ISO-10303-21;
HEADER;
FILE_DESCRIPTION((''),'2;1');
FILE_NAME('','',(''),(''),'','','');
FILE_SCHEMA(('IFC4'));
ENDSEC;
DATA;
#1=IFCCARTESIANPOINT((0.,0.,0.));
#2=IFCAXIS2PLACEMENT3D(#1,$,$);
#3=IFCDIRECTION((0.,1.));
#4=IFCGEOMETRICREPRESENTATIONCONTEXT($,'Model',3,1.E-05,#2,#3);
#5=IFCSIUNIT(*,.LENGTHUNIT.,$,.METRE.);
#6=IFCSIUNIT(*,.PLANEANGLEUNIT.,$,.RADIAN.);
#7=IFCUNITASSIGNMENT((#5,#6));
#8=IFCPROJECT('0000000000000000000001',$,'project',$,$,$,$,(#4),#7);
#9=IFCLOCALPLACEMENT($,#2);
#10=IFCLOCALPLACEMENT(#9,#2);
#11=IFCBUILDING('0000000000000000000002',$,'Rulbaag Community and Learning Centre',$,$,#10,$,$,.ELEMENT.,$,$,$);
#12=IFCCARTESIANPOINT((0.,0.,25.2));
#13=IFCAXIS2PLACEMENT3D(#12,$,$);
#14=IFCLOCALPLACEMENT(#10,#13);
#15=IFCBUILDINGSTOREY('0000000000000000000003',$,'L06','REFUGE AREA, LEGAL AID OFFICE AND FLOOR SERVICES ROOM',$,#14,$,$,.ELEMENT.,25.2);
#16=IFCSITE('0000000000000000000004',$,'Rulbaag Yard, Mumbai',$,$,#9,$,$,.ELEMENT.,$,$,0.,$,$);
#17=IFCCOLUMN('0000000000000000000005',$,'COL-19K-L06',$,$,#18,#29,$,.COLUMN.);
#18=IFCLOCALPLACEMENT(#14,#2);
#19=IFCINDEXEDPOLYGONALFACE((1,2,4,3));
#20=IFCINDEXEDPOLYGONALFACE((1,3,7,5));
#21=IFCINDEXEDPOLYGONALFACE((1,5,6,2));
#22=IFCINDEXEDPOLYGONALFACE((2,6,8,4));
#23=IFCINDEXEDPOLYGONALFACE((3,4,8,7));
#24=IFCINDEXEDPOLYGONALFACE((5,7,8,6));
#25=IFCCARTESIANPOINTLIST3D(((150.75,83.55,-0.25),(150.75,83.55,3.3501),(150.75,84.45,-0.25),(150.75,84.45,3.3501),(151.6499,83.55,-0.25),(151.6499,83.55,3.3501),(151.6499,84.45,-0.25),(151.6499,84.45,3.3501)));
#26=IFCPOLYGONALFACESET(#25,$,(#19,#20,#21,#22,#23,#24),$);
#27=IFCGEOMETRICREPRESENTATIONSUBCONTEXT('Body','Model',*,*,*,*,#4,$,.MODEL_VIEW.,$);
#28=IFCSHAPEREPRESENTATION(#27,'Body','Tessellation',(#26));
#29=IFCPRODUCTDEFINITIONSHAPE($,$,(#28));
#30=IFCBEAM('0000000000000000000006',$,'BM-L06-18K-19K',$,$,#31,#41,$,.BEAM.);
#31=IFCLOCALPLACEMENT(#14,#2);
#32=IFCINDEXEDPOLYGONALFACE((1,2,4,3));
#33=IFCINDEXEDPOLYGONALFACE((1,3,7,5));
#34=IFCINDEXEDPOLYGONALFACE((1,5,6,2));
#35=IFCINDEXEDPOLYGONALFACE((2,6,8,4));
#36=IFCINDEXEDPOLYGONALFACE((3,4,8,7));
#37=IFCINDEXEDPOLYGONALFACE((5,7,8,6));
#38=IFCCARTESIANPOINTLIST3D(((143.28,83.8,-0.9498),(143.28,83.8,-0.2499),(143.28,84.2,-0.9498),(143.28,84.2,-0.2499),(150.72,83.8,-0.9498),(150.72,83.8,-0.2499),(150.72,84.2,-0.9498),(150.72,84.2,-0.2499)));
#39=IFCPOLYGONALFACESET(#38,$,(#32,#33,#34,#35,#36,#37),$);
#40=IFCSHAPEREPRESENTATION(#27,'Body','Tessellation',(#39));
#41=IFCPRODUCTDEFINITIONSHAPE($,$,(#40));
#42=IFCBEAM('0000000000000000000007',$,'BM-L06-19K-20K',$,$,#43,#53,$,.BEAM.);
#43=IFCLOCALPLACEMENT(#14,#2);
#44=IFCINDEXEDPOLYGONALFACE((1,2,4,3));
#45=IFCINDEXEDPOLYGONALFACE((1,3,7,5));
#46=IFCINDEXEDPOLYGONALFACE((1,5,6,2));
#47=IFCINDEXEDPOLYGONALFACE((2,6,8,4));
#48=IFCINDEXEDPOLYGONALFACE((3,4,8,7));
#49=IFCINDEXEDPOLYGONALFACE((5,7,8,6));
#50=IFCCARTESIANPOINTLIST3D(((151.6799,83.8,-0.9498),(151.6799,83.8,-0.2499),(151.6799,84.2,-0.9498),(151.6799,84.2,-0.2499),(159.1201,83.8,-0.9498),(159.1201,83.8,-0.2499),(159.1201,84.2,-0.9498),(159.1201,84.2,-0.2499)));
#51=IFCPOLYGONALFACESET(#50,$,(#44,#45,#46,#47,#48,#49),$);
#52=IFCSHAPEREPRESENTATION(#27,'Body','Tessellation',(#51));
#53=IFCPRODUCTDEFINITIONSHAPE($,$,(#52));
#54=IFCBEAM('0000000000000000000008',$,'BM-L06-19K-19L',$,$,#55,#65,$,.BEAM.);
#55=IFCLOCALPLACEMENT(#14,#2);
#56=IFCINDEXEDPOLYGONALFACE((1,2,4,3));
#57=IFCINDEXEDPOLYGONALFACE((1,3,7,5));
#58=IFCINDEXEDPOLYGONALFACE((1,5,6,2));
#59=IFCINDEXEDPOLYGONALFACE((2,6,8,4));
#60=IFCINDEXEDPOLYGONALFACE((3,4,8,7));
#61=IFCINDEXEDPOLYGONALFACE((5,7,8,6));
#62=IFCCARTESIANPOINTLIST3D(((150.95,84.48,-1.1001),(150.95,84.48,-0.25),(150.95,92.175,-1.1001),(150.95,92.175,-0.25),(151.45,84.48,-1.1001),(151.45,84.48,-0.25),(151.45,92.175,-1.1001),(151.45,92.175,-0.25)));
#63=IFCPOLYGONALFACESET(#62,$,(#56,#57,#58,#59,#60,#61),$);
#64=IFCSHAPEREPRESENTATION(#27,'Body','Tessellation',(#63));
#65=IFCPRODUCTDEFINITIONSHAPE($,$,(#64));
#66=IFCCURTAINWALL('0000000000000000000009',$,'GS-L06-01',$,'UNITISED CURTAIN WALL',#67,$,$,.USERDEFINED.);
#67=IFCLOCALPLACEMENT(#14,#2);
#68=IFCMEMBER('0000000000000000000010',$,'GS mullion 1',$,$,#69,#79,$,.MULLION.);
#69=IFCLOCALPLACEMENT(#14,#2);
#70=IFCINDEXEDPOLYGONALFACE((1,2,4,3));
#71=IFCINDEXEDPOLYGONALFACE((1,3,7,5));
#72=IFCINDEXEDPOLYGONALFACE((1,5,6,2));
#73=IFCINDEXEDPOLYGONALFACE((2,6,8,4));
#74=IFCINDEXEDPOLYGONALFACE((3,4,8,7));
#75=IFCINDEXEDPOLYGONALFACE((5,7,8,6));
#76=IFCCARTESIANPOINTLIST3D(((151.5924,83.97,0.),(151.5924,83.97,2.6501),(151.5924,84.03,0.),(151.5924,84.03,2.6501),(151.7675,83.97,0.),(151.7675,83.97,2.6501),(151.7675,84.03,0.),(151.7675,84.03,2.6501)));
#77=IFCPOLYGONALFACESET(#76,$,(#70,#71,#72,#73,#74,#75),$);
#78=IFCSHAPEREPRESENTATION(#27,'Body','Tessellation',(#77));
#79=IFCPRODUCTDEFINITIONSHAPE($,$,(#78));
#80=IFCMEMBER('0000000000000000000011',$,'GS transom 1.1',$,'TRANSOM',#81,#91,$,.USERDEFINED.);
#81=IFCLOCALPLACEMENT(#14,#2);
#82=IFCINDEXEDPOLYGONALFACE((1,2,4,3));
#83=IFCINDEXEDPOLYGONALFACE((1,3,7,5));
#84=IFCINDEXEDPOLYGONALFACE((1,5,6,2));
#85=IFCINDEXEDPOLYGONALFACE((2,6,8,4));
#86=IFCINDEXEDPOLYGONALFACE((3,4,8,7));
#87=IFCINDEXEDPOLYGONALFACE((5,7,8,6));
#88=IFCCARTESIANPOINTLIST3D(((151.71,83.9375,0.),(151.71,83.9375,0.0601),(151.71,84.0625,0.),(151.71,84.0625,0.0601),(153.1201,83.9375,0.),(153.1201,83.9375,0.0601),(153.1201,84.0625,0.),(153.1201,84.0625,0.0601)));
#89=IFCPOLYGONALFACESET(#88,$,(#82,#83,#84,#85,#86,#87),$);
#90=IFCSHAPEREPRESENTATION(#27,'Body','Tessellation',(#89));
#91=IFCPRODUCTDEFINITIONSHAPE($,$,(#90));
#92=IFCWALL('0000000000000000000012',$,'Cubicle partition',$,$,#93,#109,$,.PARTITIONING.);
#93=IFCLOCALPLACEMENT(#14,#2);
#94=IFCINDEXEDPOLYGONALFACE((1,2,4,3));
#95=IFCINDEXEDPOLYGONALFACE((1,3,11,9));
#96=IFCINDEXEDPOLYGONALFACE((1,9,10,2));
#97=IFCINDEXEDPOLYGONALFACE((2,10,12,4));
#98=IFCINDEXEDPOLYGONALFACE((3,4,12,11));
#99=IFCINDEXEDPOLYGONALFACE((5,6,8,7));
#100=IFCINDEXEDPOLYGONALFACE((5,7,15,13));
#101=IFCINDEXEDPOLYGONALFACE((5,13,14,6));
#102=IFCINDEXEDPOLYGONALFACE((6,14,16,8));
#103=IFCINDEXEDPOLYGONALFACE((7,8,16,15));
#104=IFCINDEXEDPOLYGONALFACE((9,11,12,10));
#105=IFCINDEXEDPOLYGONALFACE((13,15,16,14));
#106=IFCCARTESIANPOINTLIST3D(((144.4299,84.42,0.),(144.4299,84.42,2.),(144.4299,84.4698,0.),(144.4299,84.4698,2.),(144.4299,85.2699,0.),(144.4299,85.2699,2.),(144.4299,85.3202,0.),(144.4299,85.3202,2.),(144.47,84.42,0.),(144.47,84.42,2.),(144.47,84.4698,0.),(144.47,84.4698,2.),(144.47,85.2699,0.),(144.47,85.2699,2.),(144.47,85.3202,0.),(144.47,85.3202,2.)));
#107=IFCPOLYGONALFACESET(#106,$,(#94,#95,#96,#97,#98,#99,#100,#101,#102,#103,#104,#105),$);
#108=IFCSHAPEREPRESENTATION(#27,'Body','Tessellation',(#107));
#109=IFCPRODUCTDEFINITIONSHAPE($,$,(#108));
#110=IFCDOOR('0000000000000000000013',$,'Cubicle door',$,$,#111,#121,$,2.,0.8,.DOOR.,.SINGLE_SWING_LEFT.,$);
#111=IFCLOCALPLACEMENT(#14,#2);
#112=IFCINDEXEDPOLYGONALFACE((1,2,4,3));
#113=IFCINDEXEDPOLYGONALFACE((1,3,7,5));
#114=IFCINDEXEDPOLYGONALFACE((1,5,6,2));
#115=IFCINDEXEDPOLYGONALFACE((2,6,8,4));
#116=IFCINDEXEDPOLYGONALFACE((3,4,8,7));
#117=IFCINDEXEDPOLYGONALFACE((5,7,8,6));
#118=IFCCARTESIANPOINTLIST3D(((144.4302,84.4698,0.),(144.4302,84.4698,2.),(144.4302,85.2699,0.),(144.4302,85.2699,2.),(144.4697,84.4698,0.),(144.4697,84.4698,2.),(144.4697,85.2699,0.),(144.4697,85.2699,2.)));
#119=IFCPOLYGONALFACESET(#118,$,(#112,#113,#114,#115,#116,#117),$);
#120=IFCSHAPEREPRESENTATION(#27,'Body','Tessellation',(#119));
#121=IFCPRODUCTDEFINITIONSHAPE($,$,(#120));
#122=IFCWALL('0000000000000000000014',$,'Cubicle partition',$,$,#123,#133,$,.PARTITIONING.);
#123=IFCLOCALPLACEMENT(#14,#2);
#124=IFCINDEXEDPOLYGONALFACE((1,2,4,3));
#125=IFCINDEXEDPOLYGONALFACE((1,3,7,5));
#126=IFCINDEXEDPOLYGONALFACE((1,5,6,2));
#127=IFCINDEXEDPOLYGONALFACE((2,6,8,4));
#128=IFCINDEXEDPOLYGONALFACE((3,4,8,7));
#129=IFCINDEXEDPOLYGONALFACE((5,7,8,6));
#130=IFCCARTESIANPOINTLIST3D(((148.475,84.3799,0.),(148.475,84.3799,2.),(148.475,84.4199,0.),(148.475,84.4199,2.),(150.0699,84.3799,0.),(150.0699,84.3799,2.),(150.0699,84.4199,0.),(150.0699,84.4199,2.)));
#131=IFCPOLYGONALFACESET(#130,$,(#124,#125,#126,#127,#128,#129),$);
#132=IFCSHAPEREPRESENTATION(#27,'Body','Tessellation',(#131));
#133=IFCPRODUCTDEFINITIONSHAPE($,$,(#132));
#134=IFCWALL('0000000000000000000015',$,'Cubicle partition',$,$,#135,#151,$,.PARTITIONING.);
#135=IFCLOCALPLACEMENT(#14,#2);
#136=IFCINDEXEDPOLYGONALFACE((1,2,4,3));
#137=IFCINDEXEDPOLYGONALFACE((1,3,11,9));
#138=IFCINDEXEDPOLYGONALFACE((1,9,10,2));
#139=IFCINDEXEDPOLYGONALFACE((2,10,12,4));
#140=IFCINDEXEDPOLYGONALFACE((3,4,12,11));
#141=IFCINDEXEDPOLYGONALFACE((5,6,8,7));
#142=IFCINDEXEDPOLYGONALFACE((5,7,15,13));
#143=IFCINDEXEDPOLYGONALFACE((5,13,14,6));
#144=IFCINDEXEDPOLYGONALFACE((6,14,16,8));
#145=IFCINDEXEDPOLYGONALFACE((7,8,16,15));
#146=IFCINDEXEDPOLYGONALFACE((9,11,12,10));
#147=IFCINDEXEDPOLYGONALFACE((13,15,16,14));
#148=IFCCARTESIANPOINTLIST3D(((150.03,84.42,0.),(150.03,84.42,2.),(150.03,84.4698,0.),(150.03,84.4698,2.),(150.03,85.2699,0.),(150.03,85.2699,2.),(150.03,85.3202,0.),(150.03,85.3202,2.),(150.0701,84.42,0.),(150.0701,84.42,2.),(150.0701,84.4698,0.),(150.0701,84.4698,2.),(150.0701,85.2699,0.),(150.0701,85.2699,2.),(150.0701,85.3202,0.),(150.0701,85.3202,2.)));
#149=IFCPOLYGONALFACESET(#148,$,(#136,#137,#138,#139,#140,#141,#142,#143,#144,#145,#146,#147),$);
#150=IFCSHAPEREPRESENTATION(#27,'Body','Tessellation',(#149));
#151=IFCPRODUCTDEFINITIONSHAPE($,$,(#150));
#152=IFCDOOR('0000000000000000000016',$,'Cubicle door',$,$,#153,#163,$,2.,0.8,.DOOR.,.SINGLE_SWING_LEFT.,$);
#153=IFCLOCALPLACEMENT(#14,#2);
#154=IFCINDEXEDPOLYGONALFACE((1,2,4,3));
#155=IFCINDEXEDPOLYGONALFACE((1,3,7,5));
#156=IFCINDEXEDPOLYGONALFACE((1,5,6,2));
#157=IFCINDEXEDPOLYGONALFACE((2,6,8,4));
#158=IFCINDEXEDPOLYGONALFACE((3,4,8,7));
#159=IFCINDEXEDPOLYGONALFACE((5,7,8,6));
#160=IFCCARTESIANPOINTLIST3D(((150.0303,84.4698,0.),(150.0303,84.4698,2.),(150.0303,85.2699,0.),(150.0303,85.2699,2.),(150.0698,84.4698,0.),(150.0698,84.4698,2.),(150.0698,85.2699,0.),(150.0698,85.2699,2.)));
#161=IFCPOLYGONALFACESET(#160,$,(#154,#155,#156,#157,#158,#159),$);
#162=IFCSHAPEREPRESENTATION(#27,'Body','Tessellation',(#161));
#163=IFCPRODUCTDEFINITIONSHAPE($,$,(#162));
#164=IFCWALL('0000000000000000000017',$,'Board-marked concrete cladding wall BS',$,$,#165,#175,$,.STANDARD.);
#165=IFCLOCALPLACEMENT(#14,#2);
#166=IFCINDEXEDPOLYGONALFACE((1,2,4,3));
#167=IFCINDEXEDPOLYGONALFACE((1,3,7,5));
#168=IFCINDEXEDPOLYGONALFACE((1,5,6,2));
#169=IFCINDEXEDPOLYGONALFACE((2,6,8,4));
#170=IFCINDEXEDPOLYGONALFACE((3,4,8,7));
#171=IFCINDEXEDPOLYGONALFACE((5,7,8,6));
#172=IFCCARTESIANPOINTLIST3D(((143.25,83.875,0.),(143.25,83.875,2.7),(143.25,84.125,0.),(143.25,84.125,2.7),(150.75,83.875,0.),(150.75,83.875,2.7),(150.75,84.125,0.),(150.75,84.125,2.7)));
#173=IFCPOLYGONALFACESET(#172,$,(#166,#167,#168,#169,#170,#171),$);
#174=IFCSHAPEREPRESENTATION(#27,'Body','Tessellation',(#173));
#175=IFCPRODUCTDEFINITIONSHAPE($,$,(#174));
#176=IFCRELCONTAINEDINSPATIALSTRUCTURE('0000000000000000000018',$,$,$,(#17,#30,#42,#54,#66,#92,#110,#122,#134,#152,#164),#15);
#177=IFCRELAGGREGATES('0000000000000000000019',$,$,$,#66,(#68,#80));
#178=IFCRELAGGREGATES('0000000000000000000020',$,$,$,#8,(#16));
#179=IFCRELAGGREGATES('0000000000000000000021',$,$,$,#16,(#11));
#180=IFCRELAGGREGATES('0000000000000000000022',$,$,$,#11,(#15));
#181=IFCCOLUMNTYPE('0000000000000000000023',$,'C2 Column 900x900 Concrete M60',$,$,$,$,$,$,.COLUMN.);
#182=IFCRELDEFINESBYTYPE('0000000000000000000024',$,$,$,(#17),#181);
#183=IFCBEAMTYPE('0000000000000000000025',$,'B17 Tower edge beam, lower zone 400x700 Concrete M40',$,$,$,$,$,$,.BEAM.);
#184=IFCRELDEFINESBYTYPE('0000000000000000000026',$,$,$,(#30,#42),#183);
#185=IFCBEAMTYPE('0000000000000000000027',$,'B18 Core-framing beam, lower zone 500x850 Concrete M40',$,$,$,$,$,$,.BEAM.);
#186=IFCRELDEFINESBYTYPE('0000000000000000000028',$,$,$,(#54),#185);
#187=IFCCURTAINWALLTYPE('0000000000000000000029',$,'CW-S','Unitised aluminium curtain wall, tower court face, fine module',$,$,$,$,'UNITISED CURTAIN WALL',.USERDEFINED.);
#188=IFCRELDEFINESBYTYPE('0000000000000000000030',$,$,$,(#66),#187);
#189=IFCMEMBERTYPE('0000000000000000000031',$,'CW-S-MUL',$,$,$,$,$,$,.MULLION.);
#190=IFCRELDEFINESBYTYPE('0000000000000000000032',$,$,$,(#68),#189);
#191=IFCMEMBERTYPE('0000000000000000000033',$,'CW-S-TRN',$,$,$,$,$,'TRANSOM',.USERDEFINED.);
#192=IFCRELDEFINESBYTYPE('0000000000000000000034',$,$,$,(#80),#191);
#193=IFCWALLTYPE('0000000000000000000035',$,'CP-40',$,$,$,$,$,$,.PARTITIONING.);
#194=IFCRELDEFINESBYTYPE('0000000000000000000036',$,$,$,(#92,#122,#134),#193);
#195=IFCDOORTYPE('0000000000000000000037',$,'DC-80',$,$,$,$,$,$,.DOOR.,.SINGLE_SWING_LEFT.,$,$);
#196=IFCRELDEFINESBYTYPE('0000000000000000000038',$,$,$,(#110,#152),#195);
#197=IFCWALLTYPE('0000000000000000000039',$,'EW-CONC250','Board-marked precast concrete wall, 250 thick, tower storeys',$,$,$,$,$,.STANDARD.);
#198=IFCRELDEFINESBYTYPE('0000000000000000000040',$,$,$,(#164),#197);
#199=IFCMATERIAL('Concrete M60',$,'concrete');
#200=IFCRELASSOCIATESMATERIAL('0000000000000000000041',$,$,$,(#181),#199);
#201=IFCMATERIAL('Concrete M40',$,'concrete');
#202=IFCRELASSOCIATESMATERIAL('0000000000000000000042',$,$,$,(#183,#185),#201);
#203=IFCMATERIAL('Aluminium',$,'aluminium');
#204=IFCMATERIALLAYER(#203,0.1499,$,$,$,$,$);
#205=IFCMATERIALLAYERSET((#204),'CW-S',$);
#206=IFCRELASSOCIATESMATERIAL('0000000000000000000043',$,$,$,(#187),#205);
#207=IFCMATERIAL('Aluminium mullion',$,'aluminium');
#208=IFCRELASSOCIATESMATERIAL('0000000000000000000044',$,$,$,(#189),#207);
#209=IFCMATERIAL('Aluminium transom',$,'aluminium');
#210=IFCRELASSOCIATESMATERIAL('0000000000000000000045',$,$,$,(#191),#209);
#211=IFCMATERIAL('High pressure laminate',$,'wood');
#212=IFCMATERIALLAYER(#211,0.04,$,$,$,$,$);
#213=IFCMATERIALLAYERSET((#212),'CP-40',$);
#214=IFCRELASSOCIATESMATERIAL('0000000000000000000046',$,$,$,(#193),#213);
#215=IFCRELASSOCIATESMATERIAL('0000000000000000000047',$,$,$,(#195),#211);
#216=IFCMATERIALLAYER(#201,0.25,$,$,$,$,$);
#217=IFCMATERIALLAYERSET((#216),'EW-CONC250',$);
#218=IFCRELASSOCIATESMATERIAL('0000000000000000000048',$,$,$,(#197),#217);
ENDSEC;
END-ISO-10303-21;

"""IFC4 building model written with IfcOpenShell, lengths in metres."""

from ifc_helpers import new_model, si_unit, direction, frame, frame_2d, origin, origin_2d, place, context, subcontext, project, spatial, rectangle, extrude, material, layer, layer_set, material_profile, profile_set, type_object, element, fill, aggregate, save


model = new_model("IFC4")

# Units and contexts
model_context = context("Model", 3, precision=1e-05, world=origin(), true_north=direction((0.0, 1.0)))
body_context = subcontext(model_context, "Body", "Model", "MODEL_VIEW")
ifc_project = project(units=[si_unit("LENGTHUNIT", "METRE"), si_unit("PLANEANGLEUNIT", "RADIAN")], contexts=[model_context])

# Site, building, storey
site_placement = place(None, origin())
site = spatial("IfcSite", under=ifc_project, at=site_placement, Name="Rulbaag Yard, Mumbai", CompositionType="ELEMENT", RefElevation=0.0)
building_placement = place(site_placement, origin())
building = spatial("IfcBuilding", under=site, at=building_placement, Name="Rulbaag Community and Learning Centre", CompositionType="ELEMENT")
storey_placement = place(building_placement, frame((0.0, 0.0, 25.2)))
storey = spatial("IfcBuildingStorey", under=building, at=storey_placement, Name="L06", Description="REFUGE AREA, LEGAL AID OFFICE AND FLOOR SERVICES ROOM", CompositionType="ELEMENT", Elevation=25.2)

# Column
ifc_material_1 = material(Name="Concrete M60", Category="concrete")
ifc_material_profile_1 = material_profile(ifc_material_1, rectangle(XDim=0.8999, YDim=0.8999, at=origin_2d()), Name="RC900x900")
ifc_profile_set_1 = profile_set([ifc_material_profile_1], Name="Concrete M60")
column_type = type_object("IfcColumnType", Name="C2 Column 900x900 Concrete M60", PredefinedType="COLUMN", material=ifc_profile_set_1)
column_placement = place(storey_placement, frame((151.2, 84.0, -0.25), z_axis=(0.0, 0.0, 1.0), x_axis=(1.0, 0.0, 0.0)))
element("IfcColumn", 1, at=column_placement, inside=storey, type_object=column_type, Name="COL-19K-L06", PredefinedType="COLUMN", context=body_context, shape_type="SweptSolid", body=[
    extrude(rectangle(XDim=0.8999, YDim=0.8999, at=origin_2d()), origin(), (0.0, 0.0, 1.0), 3.6001),
])

# Beams
ifc_material_2 = material(Name="Concrete M40", Category="concrete")
ifc_material_profile_2 = material_profile(ifc_material_2, rectangle(XDim=0.3999, YDim=0.7, at=origin_2d()), Name="RB400x700")
ifc_profile_set_2 = profile_set([ifc_material_profile_2], Name="Concrete M40")
beam_type_1 = type_object("IfcBeamType", Name="B17 Tower edge beam, lower zone 400x700 Concrete M40", PredefinedType="BEAM", material=ifc_profile_set_2)
beam_1_placement = place(storey_placement, frame((143.28, 84.0, -0.5999), z_axis=(1.0, 0.0, 0.0), x_axis=(0.0, 1.0, 0.0)))
element("IfcBeam", 2, at=beam_1_placement, inside=storey, type_object=beam_type_1, Name="BM-L06-18K-19K", PredefinedType="BEAM", context=body_context, shape_type="SweptSolid", body=[
    extrude(rectangle(XDim=0.3999, YDim=0.7, at=origin_2d()), origin(), (0.0, 0.0, 1.0), 7.4399),
])
beam_2_placement = place(storey_placement, frame((151.6799, 84.0, -0.5999), z_axis=(1.0, 0.0, 0.0), x_axis=(0.0, 1.0, 0.0)))
element("IfcBeam", 3, at=beam_2_placement, inside=storey, type_object=beam_type_1, Name="BM-L06-19K-20K", PredefinedType="BEAM", context=body_context, shape_type="SweptSolid", body=[
    extrude(rectangle(XDim=0.3999, YDim=0.7, at=origin_2d()), origin(), (0.0, 0.0, 1.0), 7.4402),
])
ifc_material_profile_3 = material_profile(ifc_material_2, rectangle(XDim=0.5, YDim=0.8501, at=origin_2d()), Name="RB500x850")
ifc_profile_set_3 = profile_set([ifc_material_profile_3], Name="Concrete M40")
beam_type_2 = type_object("IfcBeamType", Name="B18 Core-framing beam, lower zone 500x850 Concrete M40", PredefinedType="BEAM", material=ifc_profile_set_3)
beam_3_placement = place(storey_placement, frame((151.2, 84.48, -0.675), z_axis=(0.0, 1.0, 0.0), x_axis=(-1.0, 0.0, 0.0)))
element("IfcBeam", 4, at=beam_3_placement, inside=storey, type_object=beam_type_2, Name="BM-L06-19K-19L", PredefinedType="BEAM", context=body_context, shape_type="SweptSolid", body=[
    extrude(rectangle(XDim=0.5, YDim=0.8501, at=origin_2d()), origin(), (0.0, 0.0, 1.0), 7.6951),
])

# Curtain wall, members
ifc_material_3 = material(Name="Aluminium", Category="aluminium")
ifc_layer_1 = layer(ifc_material_3, 0.1499)
ifc_layer_set_1 = layer_set([ifc_layer_1], Name="CW-S")
curtain_wall_type = type_object("IfcCurtainWallType", Name="CW-S", Description="Unitised aluminium curtain wall, tower court face, fine module", ElementType="UNITISED CURTAIN WALL", PredefinedType="USERDEFINED", material=ifc_layer_set_1)
curtain_wall_placement = place(storey_placement, origin())
curtain_wall = element("IfcCurtainWall", 5, at=curtain_wall_placement, inside=storey, type_object=curtain_wall_type, Name="GS-L06-01", ObjectType="UNITISED CURTAIN WALL", PredefinedType="USERDEFINED")
ifc_material_4 = material(Name="Aluminium mullion", Category="aluminium")
ifc_material_profile_4 = material_profile(ifc_material_4, rectangle(XDim=0.0601, YDim=0.175, at=origin_2d()), Name="AL 60x175")
ifc_profile_set_4 = profile_set([ifc_material_profile_4], Name="Aluminium mullion")
member_type_1 = type_object("IfcMemberType", Name="CW-S-MUL", PredefinedType="MULLION", material=ifc_profile_set_4)
member_1_placement = place(storey_placement, frame((151.6799, 84.0, 0.0), z_axis=(0.0, 0.0, 1.0), x_axis=(0.0, 1.0, 0.0)))
member_1 = element("IfcMember", 6, at=member_1_placement, type_object=member_type_1, Name="GS mullion 1", PredefinedType="MULLION", context=body_context, shape_type="SweptSolid", body=[
    extrude(rectangle(XDim=0.0601, YDim=0.175, at=origin_2d()), origin(), (0.0, 0.0, 1.0), 2.6501),
])
ifc_material_5 = material(Name="Aluminium transom", Category="aluminium")
ifc_material_profile_5 = material_profile(ifc_material_5, rectangle(XDim=0.125, YDim=0.0601, at=origin_2d()), Name="AL 60x125 T")
ifc_profile_set_5 = profile_set([ifc_material_profile_5], Name="Aluminium transom")
member_type_2 = type_object("IfcMemberType", Name="CW-S-TRN", ElementType="TRANSOM", PredefinedType="USERDEFINED", material=ifc_profile_set_5)
member_2_placement = place(storey_placement, frame((151.71, 84.0, 0.03), z_axis=(1.0, 0.0, 0.0), x_axis=(0.0, 1.0, 0.0)))
member_2 = element("IfcMember", 7, at=member_2_placement, type_object=member_type_2, Name="GS transom 1.1", ObjectType="TRANSOM", PredefinedType="USERDEFINED", context=body_context, shape_type="SweptSolid", body=[
    extrude(rectangle(XDim=0.125, YDim=0.0601, at=origin_2d()), origin(), (0.0, 0.0, 1.0), 1.4102),
])
aggregate(curtain_wall, [member_1, member_2])

# Wall, opening, door
ifc_material_6 = material(Name="High pressure laminate", Category="wood")
ifc_layer_2 = layer(ifc_material_6, 0.04)
ifc_layer_set_2 = layer_set([ifc_layer_2], Name="CP-40")
wall_type_1 = type_object("IfcWallType", Name="CP-40", PredefinedType="PARTITIONING", material=ifc_layer_set_2)
wall_1_placement = place(storey_placement, frame((144.45, 84.4199, 0.0), z_axis=(0.0, 0.0, 1.0), x_axis=(0.0, 1.0, 0.0)))
wall_1 = element("IfcWall", 8, at=wall_1_placement, inside=storey, type_object=wall_type_1, Name="Cubicle partition", PredefinedType="PARTITIONING", context=body_context, shape_type="SweptSolid", body=[
    extrude(rectangle(XDim=0.9001, YDim=0.04, at=frame_2d((0.4502, 0.0))), origin(), (0.0, 0.0, 1.0), 2.0),
])
opening_1_placement = place(wall_1_placement, frame((0.05, 0.0, 0.0)))
opening_1 = element("IfcOpeningElement", 9, at=opening_1_placement, cuts=wall_1, PredefinedType="OPENING", context=body_context, shape_type="SweptSolid", body=[
    extrude(rectangle(XDim=0.8, YDim=2.0, at=frame_2d((0.3999, 1.0))), frame((0.0, 0.03, 0.0), z_axis=(0.0, -1.0, 0.0), x_axis=(1.0, 0.0, 0.0)), (0.0, 0.0, 1.0), 0.0601),
])
door_type = type_object("IfcDoorType", Name="DC-80", OperationType="SINGLE_SWING_LEFT", PredefinedType="DOOR", material=ifc_material_6)
door_1_placement = place(opening_1_placement, origin())
door_1 = element("IfcDoor", 10, at=door_1_placement, inside=storey, type_object=door_type, Name="Cubicle door", OperationType="SINGLE_SWING_LEFT", OverallHeight=2.0, OverallWidth=0.8, PredefinedType="DOOR", context=body_context, shape_type="SweptSolid", body=[
    extrude(rectangle(XDim=0.8, YDim=2.0, at=frame_2d((0.3999, 1.0))), frame((0.0, 0.0198, 0.0), z_axis=(0.0, -1.0, 0.0), x_axis=(1.0, 0.0, 0.0)), (0.0, 0.0, 1.0), 0.0396),
])
fill(opening_1, door_1)

# Wall
wall_2_placement = place(storey_placement, frame((148.4751, 84.3999, 0.0), z_axis=(0.0, 0.0, 1.0), x_axis=(1.0, 0.0, 0.0)))
element("IfcWall", 11, at=wall_2_placement, inside=storey, type_object=wall_type_1, Name="Cubicle partition", PredefinedType="PARTITIONING", context=body_context, shape_type="SweptSolid", body=[
    extrude(rectangle(XDim=1.595, YDim=0.04, at=frame_2d((0.7974, 0.0))), origin(), (0.0, 0.0, 1.0), 2.0),
])

# Wall, opening, door
wall_3_placement = place(storey_placement, frame((150.05, 84.4199, 0.0), z_axis=(0.0, 0.0, 1.0), x_axis=(0.0, 1.0, 0.0)))
wall_3 = element("IfcWall", 12, at=wall_3_placement, inside=storey, type_object=wall_type_1, Name="Cubicle partition", PredefinedType="PARTITIONING", context=body_context, shape_type="SweptSolid", body=[
    extrude(rectangle(XDim=0.9001, YDim=0.04, at=frame_2d((0.4502, 0.0))), origin(), (0.0, 0.0, 1.0), 2.0),
])
opening_2_placement = place(wall_3_placement, frame((0.05, 0.0, 0.0)))
opening_2 = element("IfcOpeningElement", 13, at=opening_2_placement, cuts=wall_3, PredefinedType="OPENING", context=body_context, shape_type="SweptSolid", body=[
    extrude(rectangle(XDim=0.8, YDim=2.0, at=frame_2d((0.3999, 1.0))), frame((0.0, 0.03, 0.0), z_axis=(0.0, -1.0, 0.0), x_axis=(1.0, 0.0, 0.0)), (0.0, 0.0, 1.0), 0.0601),
])
door_2_placement = place(opening_2_placement, origin())
door_2 = element("IfcDoor", 14, at=door_2_placement, inside=storey, type_object=door_type, Name="Cubicle door", OperationType="SINGLE_SWING_LEFT", OverallHeight=2.0, OverallWidth=0.8, PredefinedType="DOOR", context=body_context, shape_type="SweptSolid", body=[
    extrude(rectangle(XDim=0.8, YDim=2.0, at=frame_2d((0.3999, 1.0))), frame((0.0, 0.0198, 0.0), z_axis=(0.0, -1.0, 0.0), x_axis=(1.0, 0.0, 0.0)), (0.0, 0.0, 1.0), 0.0396),
])
fill(opening_2, door_2)

# Wall
ifc_layer_3 = layer(ifc_material_2, 0.25)
ifc_layer_set_3 = layer_set([ifc_layer_3], Name="EW-CONC250")
wall_type_2 = type_object("IfcWallType", Name="EW-CONC250", Description="Board-marked precast concrete wall, 250 thick, tower storeys", PredefinedType="STANDARD", material=ifc_layer_set_3)
wall_4_placement = place(storey_placement, frame((143.25, 84.0, 0.0), z_axis=(0.0, 0.0, 1.0), x_axis=(1.0, 0.0, 0.0)))
element("IfcWall", 15, at=wall_4_placement, inside=storey, type_object=wall_type_2, Name="Board-marked concrete cladding wall BS", PredefinedType="STANDARD", context=body_context, shape_type="SweptSolid", body=[
    extrude(rectangle(XDim=7.5, YDim=0.25, at=frame_2d((3.75, 0.0))), origin(), (0.0, 0.0, 1.0), 2.7),
])

save(model, "model.ifc")
